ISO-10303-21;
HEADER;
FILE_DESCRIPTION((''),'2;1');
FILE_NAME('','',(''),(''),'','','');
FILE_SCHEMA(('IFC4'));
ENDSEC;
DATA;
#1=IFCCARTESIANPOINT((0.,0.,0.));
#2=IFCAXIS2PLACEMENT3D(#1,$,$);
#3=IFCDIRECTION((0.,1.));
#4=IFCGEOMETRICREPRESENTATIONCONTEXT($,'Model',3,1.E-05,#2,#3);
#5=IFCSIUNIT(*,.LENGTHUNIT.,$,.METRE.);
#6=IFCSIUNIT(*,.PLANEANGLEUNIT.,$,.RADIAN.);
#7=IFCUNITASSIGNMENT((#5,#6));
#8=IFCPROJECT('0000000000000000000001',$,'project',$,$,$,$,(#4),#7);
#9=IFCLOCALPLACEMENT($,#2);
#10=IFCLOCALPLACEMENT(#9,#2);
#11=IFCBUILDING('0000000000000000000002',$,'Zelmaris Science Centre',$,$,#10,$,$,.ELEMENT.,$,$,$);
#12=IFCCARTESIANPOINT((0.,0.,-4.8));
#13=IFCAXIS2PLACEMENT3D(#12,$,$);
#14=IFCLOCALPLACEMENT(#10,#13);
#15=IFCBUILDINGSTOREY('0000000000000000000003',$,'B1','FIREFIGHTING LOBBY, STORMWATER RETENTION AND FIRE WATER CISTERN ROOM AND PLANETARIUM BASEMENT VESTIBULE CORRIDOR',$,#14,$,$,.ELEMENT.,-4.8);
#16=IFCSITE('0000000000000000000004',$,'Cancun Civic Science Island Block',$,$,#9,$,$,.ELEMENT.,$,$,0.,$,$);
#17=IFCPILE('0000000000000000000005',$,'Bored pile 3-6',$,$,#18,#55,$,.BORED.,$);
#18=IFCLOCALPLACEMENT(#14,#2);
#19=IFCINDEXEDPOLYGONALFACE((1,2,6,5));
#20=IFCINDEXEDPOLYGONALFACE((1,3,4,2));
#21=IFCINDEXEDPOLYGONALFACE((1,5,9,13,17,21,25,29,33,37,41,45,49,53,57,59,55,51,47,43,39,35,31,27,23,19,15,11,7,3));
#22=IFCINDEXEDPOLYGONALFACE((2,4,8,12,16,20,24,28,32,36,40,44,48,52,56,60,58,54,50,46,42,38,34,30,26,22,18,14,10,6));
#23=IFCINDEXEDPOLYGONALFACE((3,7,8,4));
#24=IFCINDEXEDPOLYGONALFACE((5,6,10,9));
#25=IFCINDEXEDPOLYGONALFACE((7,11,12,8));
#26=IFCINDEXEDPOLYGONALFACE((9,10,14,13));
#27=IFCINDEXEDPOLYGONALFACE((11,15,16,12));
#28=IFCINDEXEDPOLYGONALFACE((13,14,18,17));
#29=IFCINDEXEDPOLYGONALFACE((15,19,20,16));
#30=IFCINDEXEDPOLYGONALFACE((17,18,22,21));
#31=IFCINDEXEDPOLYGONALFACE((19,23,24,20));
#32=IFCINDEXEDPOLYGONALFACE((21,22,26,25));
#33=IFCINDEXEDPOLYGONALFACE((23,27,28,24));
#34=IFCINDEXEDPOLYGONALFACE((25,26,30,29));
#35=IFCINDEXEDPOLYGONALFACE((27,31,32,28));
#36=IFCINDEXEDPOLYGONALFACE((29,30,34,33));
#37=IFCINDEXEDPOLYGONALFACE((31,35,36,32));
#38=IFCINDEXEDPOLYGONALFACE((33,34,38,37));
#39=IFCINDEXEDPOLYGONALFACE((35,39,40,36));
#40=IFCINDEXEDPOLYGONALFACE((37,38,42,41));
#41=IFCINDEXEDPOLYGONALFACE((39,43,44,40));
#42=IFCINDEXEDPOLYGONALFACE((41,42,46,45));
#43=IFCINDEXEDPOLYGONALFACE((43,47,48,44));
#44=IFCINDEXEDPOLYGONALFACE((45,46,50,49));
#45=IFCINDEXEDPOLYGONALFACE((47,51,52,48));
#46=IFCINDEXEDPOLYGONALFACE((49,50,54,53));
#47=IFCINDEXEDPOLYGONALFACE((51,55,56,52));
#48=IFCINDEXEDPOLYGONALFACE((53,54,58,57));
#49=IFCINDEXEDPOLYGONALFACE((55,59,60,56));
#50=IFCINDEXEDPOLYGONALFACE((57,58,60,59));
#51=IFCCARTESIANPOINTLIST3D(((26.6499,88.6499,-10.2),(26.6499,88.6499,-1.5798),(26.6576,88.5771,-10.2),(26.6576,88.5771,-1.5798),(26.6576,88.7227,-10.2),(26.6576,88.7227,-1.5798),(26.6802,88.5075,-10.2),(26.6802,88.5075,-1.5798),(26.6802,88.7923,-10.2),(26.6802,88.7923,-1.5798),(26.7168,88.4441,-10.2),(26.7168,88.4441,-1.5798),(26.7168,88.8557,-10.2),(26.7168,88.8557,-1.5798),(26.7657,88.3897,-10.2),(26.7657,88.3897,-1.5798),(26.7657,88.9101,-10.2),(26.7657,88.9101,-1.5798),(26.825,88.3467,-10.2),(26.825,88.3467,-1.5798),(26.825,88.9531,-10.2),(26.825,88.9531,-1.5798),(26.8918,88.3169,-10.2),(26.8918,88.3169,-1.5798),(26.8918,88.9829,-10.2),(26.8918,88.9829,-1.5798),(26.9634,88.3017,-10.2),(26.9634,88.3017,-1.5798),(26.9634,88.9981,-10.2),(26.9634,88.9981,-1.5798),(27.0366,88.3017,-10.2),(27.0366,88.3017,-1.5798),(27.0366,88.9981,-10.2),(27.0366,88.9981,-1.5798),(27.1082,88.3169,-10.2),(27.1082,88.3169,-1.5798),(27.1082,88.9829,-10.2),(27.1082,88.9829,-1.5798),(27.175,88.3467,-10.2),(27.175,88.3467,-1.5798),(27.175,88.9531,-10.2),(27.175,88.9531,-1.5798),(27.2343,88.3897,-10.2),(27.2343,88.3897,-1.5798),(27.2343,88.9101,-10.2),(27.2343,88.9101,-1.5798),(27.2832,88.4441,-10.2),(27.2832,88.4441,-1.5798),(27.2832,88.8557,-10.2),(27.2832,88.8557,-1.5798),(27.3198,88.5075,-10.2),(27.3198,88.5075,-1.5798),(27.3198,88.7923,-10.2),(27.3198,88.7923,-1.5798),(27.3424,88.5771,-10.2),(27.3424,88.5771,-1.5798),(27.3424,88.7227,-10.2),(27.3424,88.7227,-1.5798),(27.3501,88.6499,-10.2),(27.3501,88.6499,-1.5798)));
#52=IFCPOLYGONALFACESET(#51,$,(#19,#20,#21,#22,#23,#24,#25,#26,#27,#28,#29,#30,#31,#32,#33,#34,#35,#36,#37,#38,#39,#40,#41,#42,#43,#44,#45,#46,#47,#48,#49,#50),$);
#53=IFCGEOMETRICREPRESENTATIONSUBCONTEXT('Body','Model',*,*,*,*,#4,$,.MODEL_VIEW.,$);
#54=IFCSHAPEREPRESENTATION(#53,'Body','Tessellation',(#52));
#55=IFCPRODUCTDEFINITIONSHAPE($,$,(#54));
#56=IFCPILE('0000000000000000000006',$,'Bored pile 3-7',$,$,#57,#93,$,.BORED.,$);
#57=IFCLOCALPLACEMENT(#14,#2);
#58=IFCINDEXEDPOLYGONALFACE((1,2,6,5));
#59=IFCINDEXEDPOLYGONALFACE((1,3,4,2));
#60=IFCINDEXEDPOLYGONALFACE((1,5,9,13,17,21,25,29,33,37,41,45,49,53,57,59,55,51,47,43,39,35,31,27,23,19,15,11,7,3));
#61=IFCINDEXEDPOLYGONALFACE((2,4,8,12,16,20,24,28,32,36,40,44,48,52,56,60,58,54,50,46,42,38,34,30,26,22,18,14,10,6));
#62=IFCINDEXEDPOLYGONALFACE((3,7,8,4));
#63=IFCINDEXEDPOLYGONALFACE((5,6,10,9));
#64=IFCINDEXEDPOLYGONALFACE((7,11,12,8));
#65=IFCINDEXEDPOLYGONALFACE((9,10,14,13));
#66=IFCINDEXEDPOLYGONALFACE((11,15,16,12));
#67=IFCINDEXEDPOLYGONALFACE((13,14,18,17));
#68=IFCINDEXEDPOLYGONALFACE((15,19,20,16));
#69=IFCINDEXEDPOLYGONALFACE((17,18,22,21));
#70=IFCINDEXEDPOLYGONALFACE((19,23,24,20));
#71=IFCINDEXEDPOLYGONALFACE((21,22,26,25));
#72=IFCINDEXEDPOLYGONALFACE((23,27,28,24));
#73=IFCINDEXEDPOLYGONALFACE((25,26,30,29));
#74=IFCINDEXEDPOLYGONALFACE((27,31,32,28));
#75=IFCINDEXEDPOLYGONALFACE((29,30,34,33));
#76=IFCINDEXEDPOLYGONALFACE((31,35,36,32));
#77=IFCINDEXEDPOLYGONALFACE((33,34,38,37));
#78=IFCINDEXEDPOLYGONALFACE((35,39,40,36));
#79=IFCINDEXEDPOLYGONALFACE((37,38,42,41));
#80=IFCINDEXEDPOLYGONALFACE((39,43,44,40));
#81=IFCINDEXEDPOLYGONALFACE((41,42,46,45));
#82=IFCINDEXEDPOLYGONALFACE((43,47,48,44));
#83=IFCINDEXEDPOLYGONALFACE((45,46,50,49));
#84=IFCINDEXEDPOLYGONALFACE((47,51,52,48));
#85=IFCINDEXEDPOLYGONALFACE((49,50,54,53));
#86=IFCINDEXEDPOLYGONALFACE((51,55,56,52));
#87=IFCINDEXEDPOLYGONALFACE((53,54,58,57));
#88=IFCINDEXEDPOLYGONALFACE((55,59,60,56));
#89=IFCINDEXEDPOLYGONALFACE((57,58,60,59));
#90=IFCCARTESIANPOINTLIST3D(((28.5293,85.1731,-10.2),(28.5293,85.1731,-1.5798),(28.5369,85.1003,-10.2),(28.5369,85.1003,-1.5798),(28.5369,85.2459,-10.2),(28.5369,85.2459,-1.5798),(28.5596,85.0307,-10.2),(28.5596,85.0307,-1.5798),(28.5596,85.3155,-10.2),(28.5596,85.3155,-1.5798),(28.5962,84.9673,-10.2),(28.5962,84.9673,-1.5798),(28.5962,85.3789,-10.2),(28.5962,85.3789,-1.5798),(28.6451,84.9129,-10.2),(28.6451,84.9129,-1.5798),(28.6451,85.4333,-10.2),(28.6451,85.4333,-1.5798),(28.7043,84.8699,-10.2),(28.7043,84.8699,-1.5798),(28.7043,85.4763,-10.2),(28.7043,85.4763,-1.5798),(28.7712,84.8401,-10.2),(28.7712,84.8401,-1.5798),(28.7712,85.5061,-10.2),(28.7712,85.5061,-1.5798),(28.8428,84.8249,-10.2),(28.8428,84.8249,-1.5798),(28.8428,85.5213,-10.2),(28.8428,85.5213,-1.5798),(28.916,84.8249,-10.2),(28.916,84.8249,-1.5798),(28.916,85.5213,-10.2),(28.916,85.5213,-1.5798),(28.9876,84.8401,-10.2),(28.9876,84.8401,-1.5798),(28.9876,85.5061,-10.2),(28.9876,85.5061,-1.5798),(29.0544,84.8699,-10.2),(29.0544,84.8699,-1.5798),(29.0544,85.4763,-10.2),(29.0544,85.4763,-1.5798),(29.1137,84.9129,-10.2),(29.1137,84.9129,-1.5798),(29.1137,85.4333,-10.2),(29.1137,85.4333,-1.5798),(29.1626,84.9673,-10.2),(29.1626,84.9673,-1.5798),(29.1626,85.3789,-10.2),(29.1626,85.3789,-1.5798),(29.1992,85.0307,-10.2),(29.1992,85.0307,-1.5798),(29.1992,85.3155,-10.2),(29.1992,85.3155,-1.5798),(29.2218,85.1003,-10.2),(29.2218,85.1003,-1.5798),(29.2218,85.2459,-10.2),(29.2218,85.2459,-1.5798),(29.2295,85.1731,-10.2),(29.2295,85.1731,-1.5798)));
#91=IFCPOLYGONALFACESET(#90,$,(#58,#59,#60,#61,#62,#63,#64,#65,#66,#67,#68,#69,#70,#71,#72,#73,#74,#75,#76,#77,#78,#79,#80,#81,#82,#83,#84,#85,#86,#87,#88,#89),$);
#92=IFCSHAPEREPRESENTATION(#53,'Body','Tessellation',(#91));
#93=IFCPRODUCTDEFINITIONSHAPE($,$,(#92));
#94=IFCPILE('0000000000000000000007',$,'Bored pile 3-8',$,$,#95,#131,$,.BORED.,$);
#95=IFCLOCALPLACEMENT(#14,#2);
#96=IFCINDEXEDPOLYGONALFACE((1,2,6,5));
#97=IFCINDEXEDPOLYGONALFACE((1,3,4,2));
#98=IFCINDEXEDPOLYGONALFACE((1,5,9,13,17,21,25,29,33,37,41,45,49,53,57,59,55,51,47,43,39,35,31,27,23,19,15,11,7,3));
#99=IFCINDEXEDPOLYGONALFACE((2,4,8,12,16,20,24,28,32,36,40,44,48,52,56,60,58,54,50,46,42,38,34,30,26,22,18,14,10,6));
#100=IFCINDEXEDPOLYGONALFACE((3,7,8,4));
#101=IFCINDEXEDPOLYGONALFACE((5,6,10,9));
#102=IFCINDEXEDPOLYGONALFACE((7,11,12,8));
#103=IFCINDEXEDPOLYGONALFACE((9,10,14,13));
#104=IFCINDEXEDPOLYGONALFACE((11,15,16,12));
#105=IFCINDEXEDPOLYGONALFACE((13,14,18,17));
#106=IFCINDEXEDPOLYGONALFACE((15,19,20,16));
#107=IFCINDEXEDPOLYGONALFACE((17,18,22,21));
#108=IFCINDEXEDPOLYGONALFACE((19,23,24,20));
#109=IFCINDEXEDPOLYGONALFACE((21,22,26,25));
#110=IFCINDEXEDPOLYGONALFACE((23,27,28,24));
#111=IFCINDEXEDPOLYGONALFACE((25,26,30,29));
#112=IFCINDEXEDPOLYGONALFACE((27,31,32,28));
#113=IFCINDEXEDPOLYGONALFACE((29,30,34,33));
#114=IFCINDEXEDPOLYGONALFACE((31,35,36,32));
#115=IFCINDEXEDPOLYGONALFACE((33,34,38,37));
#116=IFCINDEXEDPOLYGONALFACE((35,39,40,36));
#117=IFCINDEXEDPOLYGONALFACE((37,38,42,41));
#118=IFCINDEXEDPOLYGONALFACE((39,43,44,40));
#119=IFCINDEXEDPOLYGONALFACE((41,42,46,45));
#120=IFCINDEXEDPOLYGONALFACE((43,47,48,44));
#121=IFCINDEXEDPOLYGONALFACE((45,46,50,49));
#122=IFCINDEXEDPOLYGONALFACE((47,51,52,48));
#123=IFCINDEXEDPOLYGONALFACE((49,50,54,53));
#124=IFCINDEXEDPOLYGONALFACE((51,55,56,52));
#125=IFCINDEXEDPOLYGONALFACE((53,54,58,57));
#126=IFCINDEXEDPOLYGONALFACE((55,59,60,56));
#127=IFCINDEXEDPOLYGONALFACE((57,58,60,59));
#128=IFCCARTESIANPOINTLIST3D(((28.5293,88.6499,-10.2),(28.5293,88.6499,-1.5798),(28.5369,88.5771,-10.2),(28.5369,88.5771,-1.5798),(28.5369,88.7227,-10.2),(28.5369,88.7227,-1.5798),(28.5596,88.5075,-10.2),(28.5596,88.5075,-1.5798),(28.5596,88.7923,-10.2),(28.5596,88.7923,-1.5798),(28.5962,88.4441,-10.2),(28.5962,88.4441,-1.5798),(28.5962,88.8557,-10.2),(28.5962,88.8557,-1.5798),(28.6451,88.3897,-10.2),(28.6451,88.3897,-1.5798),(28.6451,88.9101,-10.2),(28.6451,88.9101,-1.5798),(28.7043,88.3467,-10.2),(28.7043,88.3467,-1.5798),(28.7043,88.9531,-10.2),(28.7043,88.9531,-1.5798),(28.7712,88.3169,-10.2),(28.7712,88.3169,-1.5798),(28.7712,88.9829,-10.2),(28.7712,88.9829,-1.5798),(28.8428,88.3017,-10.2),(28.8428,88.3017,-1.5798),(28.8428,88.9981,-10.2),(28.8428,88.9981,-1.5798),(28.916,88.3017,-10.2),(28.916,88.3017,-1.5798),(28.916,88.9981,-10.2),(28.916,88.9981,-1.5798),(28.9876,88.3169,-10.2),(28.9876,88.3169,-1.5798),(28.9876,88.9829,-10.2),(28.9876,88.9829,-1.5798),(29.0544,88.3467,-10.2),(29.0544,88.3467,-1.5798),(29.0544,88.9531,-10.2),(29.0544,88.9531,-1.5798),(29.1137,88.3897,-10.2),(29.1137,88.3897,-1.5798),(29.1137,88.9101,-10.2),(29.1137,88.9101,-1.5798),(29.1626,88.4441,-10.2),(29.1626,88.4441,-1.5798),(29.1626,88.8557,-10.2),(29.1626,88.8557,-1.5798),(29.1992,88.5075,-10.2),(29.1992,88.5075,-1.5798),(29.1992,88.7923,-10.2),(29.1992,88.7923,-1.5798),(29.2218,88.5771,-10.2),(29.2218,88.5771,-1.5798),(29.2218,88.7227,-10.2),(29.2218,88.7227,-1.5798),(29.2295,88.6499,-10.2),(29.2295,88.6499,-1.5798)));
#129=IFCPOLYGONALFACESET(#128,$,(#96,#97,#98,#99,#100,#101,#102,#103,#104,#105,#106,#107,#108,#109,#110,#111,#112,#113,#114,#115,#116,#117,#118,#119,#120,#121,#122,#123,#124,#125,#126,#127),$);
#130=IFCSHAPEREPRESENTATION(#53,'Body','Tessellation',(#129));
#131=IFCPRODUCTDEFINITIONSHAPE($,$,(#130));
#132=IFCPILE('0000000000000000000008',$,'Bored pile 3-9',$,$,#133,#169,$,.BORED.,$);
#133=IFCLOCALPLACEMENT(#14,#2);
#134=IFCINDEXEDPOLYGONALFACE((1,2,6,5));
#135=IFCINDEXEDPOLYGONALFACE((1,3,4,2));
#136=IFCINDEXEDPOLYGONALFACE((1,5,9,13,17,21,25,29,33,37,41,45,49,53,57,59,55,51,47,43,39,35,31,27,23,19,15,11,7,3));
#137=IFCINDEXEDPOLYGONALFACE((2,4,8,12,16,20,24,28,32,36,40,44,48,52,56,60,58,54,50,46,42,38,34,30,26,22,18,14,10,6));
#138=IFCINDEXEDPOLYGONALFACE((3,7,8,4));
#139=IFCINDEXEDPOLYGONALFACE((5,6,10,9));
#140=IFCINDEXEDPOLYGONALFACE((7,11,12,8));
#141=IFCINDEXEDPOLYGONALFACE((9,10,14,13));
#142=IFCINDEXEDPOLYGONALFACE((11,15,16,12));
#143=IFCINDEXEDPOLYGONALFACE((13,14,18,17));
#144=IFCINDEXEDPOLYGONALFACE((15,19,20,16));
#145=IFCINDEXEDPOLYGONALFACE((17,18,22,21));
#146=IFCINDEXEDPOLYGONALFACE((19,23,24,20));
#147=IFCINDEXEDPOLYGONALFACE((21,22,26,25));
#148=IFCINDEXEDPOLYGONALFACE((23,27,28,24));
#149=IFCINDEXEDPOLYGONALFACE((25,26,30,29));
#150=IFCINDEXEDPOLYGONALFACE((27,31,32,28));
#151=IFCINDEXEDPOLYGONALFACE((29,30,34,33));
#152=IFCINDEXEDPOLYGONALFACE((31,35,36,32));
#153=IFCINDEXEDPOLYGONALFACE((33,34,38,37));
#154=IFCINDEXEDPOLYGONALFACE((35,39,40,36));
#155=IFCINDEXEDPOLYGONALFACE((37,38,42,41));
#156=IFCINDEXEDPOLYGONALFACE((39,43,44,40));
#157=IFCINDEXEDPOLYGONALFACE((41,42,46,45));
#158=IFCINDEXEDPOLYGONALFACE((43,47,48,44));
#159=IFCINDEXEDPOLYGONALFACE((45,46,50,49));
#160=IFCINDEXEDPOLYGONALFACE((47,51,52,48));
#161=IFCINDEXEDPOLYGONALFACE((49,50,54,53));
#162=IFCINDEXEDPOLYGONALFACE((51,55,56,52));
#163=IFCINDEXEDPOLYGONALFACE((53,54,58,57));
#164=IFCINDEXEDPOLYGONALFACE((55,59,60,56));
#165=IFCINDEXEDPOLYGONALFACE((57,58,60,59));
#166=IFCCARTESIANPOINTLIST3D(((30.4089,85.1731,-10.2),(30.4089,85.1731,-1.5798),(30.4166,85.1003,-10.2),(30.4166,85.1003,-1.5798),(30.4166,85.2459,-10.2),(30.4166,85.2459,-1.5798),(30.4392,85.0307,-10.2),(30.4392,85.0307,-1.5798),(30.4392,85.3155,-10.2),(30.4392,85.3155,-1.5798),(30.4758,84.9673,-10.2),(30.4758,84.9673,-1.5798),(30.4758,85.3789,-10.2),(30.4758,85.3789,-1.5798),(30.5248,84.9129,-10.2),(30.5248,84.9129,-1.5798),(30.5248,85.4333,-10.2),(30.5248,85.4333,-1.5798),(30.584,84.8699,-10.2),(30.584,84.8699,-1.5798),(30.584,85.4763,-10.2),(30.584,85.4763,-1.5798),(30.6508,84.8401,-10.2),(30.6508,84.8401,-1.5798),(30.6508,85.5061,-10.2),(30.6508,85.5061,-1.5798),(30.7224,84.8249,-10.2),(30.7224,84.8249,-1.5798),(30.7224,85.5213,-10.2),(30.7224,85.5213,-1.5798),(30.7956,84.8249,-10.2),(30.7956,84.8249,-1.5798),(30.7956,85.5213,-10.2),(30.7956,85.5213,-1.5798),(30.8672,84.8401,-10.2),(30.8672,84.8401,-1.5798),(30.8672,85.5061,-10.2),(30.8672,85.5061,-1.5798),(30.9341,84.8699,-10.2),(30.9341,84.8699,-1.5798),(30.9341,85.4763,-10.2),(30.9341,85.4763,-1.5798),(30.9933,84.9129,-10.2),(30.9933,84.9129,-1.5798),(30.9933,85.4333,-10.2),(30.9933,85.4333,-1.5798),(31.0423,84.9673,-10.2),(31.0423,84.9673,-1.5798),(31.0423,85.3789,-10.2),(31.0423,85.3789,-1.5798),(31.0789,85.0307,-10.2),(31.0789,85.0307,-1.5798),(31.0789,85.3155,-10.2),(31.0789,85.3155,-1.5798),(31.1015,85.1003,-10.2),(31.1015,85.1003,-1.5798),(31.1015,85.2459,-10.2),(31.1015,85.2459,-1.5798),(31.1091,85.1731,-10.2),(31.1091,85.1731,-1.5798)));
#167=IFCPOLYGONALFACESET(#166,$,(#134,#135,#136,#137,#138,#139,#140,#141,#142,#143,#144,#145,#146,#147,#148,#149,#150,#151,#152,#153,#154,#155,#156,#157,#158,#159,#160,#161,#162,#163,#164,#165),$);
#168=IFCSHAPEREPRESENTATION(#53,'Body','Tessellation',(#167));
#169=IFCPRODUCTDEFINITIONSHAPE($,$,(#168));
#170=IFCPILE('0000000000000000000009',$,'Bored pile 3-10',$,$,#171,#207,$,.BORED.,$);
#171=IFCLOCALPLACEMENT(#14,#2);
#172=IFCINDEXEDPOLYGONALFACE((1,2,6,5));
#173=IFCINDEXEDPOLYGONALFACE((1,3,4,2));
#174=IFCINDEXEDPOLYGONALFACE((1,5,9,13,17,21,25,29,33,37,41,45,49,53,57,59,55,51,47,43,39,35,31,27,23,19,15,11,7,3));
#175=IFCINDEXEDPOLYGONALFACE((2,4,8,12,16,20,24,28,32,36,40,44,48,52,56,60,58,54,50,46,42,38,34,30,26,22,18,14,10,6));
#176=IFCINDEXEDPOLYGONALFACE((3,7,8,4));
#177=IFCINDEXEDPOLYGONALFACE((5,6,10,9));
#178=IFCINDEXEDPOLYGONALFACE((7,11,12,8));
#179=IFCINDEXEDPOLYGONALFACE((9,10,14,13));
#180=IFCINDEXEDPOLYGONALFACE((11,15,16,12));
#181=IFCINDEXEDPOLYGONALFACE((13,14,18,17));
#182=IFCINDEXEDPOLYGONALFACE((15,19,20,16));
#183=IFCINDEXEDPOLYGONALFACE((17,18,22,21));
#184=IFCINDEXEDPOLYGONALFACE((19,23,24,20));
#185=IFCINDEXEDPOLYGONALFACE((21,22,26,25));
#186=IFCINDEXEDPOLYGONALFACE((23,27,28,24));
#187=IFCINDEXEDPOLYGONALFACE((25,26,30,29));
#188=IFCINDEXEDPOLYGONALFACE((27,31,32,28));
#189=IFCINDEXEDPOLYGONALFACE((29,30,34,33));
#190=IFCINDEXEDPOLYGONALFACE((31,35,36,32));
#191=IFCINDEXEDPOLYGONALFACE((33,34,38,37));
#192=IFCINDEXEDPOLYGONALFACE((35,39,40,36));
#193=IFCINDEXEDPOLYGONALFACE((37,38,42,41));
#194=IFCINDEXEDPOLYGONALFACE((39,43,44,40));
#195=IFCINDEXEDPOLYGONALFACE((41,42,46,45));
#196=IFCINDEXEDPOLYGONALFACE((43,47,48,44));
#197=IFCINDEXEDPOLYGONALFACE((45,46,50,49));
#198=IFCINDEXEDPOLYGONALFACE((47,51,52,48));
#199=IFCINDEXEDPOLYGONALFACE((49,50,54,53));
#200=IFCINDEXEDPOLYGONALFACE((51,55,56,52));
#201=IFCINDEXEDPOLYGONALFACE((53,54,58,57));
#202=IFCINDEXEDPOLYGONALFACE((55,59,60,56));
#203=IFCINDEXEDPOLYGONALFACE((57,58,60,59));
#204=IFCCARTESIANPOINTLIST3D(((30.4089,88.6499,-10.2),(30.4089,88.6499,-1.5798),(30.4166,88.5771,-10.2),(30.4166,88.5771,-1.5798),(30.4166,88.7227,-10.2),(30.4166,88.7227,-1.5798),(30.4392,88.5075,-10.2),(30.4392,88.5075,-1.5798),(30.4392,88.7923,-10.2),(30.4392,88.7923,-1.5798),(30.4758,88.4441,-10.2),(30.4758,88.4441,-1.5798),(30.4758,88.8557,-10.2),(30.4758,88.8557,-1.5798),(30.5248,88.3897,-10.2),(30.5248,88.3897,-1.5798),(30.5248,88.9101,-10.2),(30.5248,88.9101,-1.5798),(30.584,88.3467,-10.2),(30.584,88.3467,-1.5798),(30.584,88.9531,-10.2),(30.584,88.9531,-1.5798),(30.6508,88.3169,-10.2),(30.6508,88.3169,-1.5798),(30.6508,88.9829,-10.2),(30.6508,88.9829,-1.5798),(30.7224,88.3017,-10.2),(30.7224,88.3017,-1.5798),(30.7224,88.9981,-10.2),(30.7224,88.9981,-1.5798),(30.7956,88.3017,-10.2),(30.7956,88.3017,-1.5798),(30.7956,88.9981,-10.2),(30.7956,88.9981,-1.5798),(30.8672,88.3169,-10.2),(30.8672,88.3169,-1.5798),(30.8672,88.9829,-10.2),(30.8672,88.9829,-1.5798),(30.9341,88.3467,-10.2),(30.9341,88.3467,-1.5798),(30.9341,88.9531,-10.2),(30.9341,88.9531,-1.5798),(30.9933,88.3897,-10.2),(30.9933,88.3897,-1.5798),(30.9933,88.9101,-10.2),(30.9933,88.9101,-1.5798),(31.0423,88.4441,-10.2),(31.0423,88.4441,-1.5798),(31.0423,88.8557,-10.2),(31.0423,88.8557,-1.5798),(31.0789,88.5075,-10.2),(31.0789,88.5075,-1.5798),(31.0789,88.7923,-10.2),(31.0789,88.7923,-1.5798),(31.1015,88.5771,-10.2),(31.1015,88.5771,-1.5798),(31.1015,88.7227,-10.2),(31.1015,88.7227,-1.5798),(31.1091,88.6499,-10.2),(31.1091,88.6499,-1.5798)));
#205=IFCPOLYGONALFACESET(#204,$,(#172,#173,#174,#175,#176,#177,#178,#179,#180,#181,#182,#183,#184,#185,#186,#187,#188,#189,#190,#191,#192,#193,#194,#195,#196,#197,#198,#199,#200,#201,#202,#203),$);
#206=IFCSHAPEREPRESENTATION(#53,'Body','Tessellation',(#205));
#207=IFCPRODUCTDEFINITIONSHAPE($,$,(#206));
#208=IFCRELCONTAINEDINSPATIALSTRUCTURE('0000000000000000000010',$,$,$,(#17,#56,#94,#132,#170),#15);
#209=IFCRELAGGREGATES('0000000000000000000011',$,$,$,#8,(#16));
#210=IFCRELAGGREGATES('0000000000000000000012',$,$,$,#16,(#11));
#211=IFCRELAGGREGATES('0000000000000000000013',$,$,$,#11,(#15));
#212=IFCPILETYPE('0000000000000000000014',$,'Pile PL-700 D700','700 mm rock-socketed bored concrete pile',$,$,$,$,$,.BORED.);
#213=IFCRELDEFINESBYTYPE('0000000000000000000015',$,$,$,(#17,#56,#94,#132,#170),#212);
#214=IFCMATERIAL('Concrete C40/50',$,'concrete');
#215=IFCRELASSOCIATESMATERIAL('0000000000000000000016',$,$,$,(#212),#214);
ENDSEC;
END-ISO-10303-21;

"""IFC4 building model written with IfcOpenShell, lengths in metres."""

from ifc_helpers import new_model, si_unit, direction, frame, origin, origin_2d, place, context, subcontext, project, spatial, circle, extrude, material, material_profile, profile_set, type_object, element, save


model = new_model("IFC4")

# Units and contexts
model_context = context("Model", 3, precision=1e-05, world=origin(), true_north=direction((0.0, 1.0)))
body_context = subcontext(model_context, "Body", "Model", "MODEL_VIEW")
ifc_project = project(units=[si_unit("LENGTHUNIT", "METRE"), si_unit("PLANEANGLEUNIT", "RADIAN")], contexts=[model_context])

# Site, building, storey
site_placement = place(None, origin())
site = spatial("IfcSite", under=ifc_project, at=site_placement, Name="Cancun Civic Science Island Block", CompositionType="ELEMENT", RefElevation=0.0)
building_placement = place(site_placement, origin())
building = spatial("IfcBuilding", under=site, at=building_placement, Name="Zelmaris Science Centre", CompositionType="ELEMENT")
storey_placement = place(building_placement, frame((0.0, 0.0, -4.8)))
storey = spatial("IfcBuildingStorey", under=building, at=storey_placement, Name="B1", Description="FIREFIGHTING LOBBY, STORMWATER RETENTION AND FIRE WATER CISTERN ROOM AND PLANETARIUM BASEMENT VESTIBULE CORRIDOR", CompositionType="ELEMENT", Elevation=-4.8)

# Shared definitions
ifc_material_1 = material(Name="Concrete C40/50", Category="concrete")

# Piles
ifc_material_profile_1 = material_profile(ifc_material_1, circle(Radius=0.3501, at=origin_2d()), Name="PILE-700")
ifc_profile_set_1 = profile_set([ifc_material_profile_1], Name="Concrete C40/50")
pile_type_1 = type_object("IfcPileType", Name="Pile PL-700 D700", Description="700 mm rock-socketed bored concrete pile", PredefinedType="BORED", material=ifc_profile_set_1)
for number, where, z_axis, x_axis, name in (
    (1, (27.0, 88.6499, -1.5798), (0.0, 0.0, -1.0), (1.0, 0.0, 0.0), "Bored pile 3-6"),
    (2, (28.8794, 85.1731, -1.5798), (0.0, 0.0, -1.0), (1.0, 0.0, 0.0), "Bored pile 3-7"),
    (3, (28.8794, 88.6499, -1.5798), (0.0, 0.0, -1.0), (1.0, 0.0, 0.0), "Bored pile 3-8"),
    (4, (30.759, 85.1731, -1.5798), (0.0, 0.0, -1.0), (1.0, 0.0, 0.0), "Bored pile 3-9"),
    (5, (30.759, 88.6499, -1.5798), (0.0, 0.0, -1.0), (1.0, 0.0, 0.0), "Bored pile 3-10"),
):
    element("IfcPile", number, at=place(storey_placement, frame(where, z_axis=z_axis, x_axis=x_axis)), inside=storey, type_object=pile_type_1, Name=name, PredefinedType="BORED", context=body_context, shape_type="SweptSolid", body=[
        extrude(circle(Radius=0.3501, at=origin_2d()), origin(), (0.0, 0.0, 1.0), 8.6201),
    ])

save(model, "model.ifc")
